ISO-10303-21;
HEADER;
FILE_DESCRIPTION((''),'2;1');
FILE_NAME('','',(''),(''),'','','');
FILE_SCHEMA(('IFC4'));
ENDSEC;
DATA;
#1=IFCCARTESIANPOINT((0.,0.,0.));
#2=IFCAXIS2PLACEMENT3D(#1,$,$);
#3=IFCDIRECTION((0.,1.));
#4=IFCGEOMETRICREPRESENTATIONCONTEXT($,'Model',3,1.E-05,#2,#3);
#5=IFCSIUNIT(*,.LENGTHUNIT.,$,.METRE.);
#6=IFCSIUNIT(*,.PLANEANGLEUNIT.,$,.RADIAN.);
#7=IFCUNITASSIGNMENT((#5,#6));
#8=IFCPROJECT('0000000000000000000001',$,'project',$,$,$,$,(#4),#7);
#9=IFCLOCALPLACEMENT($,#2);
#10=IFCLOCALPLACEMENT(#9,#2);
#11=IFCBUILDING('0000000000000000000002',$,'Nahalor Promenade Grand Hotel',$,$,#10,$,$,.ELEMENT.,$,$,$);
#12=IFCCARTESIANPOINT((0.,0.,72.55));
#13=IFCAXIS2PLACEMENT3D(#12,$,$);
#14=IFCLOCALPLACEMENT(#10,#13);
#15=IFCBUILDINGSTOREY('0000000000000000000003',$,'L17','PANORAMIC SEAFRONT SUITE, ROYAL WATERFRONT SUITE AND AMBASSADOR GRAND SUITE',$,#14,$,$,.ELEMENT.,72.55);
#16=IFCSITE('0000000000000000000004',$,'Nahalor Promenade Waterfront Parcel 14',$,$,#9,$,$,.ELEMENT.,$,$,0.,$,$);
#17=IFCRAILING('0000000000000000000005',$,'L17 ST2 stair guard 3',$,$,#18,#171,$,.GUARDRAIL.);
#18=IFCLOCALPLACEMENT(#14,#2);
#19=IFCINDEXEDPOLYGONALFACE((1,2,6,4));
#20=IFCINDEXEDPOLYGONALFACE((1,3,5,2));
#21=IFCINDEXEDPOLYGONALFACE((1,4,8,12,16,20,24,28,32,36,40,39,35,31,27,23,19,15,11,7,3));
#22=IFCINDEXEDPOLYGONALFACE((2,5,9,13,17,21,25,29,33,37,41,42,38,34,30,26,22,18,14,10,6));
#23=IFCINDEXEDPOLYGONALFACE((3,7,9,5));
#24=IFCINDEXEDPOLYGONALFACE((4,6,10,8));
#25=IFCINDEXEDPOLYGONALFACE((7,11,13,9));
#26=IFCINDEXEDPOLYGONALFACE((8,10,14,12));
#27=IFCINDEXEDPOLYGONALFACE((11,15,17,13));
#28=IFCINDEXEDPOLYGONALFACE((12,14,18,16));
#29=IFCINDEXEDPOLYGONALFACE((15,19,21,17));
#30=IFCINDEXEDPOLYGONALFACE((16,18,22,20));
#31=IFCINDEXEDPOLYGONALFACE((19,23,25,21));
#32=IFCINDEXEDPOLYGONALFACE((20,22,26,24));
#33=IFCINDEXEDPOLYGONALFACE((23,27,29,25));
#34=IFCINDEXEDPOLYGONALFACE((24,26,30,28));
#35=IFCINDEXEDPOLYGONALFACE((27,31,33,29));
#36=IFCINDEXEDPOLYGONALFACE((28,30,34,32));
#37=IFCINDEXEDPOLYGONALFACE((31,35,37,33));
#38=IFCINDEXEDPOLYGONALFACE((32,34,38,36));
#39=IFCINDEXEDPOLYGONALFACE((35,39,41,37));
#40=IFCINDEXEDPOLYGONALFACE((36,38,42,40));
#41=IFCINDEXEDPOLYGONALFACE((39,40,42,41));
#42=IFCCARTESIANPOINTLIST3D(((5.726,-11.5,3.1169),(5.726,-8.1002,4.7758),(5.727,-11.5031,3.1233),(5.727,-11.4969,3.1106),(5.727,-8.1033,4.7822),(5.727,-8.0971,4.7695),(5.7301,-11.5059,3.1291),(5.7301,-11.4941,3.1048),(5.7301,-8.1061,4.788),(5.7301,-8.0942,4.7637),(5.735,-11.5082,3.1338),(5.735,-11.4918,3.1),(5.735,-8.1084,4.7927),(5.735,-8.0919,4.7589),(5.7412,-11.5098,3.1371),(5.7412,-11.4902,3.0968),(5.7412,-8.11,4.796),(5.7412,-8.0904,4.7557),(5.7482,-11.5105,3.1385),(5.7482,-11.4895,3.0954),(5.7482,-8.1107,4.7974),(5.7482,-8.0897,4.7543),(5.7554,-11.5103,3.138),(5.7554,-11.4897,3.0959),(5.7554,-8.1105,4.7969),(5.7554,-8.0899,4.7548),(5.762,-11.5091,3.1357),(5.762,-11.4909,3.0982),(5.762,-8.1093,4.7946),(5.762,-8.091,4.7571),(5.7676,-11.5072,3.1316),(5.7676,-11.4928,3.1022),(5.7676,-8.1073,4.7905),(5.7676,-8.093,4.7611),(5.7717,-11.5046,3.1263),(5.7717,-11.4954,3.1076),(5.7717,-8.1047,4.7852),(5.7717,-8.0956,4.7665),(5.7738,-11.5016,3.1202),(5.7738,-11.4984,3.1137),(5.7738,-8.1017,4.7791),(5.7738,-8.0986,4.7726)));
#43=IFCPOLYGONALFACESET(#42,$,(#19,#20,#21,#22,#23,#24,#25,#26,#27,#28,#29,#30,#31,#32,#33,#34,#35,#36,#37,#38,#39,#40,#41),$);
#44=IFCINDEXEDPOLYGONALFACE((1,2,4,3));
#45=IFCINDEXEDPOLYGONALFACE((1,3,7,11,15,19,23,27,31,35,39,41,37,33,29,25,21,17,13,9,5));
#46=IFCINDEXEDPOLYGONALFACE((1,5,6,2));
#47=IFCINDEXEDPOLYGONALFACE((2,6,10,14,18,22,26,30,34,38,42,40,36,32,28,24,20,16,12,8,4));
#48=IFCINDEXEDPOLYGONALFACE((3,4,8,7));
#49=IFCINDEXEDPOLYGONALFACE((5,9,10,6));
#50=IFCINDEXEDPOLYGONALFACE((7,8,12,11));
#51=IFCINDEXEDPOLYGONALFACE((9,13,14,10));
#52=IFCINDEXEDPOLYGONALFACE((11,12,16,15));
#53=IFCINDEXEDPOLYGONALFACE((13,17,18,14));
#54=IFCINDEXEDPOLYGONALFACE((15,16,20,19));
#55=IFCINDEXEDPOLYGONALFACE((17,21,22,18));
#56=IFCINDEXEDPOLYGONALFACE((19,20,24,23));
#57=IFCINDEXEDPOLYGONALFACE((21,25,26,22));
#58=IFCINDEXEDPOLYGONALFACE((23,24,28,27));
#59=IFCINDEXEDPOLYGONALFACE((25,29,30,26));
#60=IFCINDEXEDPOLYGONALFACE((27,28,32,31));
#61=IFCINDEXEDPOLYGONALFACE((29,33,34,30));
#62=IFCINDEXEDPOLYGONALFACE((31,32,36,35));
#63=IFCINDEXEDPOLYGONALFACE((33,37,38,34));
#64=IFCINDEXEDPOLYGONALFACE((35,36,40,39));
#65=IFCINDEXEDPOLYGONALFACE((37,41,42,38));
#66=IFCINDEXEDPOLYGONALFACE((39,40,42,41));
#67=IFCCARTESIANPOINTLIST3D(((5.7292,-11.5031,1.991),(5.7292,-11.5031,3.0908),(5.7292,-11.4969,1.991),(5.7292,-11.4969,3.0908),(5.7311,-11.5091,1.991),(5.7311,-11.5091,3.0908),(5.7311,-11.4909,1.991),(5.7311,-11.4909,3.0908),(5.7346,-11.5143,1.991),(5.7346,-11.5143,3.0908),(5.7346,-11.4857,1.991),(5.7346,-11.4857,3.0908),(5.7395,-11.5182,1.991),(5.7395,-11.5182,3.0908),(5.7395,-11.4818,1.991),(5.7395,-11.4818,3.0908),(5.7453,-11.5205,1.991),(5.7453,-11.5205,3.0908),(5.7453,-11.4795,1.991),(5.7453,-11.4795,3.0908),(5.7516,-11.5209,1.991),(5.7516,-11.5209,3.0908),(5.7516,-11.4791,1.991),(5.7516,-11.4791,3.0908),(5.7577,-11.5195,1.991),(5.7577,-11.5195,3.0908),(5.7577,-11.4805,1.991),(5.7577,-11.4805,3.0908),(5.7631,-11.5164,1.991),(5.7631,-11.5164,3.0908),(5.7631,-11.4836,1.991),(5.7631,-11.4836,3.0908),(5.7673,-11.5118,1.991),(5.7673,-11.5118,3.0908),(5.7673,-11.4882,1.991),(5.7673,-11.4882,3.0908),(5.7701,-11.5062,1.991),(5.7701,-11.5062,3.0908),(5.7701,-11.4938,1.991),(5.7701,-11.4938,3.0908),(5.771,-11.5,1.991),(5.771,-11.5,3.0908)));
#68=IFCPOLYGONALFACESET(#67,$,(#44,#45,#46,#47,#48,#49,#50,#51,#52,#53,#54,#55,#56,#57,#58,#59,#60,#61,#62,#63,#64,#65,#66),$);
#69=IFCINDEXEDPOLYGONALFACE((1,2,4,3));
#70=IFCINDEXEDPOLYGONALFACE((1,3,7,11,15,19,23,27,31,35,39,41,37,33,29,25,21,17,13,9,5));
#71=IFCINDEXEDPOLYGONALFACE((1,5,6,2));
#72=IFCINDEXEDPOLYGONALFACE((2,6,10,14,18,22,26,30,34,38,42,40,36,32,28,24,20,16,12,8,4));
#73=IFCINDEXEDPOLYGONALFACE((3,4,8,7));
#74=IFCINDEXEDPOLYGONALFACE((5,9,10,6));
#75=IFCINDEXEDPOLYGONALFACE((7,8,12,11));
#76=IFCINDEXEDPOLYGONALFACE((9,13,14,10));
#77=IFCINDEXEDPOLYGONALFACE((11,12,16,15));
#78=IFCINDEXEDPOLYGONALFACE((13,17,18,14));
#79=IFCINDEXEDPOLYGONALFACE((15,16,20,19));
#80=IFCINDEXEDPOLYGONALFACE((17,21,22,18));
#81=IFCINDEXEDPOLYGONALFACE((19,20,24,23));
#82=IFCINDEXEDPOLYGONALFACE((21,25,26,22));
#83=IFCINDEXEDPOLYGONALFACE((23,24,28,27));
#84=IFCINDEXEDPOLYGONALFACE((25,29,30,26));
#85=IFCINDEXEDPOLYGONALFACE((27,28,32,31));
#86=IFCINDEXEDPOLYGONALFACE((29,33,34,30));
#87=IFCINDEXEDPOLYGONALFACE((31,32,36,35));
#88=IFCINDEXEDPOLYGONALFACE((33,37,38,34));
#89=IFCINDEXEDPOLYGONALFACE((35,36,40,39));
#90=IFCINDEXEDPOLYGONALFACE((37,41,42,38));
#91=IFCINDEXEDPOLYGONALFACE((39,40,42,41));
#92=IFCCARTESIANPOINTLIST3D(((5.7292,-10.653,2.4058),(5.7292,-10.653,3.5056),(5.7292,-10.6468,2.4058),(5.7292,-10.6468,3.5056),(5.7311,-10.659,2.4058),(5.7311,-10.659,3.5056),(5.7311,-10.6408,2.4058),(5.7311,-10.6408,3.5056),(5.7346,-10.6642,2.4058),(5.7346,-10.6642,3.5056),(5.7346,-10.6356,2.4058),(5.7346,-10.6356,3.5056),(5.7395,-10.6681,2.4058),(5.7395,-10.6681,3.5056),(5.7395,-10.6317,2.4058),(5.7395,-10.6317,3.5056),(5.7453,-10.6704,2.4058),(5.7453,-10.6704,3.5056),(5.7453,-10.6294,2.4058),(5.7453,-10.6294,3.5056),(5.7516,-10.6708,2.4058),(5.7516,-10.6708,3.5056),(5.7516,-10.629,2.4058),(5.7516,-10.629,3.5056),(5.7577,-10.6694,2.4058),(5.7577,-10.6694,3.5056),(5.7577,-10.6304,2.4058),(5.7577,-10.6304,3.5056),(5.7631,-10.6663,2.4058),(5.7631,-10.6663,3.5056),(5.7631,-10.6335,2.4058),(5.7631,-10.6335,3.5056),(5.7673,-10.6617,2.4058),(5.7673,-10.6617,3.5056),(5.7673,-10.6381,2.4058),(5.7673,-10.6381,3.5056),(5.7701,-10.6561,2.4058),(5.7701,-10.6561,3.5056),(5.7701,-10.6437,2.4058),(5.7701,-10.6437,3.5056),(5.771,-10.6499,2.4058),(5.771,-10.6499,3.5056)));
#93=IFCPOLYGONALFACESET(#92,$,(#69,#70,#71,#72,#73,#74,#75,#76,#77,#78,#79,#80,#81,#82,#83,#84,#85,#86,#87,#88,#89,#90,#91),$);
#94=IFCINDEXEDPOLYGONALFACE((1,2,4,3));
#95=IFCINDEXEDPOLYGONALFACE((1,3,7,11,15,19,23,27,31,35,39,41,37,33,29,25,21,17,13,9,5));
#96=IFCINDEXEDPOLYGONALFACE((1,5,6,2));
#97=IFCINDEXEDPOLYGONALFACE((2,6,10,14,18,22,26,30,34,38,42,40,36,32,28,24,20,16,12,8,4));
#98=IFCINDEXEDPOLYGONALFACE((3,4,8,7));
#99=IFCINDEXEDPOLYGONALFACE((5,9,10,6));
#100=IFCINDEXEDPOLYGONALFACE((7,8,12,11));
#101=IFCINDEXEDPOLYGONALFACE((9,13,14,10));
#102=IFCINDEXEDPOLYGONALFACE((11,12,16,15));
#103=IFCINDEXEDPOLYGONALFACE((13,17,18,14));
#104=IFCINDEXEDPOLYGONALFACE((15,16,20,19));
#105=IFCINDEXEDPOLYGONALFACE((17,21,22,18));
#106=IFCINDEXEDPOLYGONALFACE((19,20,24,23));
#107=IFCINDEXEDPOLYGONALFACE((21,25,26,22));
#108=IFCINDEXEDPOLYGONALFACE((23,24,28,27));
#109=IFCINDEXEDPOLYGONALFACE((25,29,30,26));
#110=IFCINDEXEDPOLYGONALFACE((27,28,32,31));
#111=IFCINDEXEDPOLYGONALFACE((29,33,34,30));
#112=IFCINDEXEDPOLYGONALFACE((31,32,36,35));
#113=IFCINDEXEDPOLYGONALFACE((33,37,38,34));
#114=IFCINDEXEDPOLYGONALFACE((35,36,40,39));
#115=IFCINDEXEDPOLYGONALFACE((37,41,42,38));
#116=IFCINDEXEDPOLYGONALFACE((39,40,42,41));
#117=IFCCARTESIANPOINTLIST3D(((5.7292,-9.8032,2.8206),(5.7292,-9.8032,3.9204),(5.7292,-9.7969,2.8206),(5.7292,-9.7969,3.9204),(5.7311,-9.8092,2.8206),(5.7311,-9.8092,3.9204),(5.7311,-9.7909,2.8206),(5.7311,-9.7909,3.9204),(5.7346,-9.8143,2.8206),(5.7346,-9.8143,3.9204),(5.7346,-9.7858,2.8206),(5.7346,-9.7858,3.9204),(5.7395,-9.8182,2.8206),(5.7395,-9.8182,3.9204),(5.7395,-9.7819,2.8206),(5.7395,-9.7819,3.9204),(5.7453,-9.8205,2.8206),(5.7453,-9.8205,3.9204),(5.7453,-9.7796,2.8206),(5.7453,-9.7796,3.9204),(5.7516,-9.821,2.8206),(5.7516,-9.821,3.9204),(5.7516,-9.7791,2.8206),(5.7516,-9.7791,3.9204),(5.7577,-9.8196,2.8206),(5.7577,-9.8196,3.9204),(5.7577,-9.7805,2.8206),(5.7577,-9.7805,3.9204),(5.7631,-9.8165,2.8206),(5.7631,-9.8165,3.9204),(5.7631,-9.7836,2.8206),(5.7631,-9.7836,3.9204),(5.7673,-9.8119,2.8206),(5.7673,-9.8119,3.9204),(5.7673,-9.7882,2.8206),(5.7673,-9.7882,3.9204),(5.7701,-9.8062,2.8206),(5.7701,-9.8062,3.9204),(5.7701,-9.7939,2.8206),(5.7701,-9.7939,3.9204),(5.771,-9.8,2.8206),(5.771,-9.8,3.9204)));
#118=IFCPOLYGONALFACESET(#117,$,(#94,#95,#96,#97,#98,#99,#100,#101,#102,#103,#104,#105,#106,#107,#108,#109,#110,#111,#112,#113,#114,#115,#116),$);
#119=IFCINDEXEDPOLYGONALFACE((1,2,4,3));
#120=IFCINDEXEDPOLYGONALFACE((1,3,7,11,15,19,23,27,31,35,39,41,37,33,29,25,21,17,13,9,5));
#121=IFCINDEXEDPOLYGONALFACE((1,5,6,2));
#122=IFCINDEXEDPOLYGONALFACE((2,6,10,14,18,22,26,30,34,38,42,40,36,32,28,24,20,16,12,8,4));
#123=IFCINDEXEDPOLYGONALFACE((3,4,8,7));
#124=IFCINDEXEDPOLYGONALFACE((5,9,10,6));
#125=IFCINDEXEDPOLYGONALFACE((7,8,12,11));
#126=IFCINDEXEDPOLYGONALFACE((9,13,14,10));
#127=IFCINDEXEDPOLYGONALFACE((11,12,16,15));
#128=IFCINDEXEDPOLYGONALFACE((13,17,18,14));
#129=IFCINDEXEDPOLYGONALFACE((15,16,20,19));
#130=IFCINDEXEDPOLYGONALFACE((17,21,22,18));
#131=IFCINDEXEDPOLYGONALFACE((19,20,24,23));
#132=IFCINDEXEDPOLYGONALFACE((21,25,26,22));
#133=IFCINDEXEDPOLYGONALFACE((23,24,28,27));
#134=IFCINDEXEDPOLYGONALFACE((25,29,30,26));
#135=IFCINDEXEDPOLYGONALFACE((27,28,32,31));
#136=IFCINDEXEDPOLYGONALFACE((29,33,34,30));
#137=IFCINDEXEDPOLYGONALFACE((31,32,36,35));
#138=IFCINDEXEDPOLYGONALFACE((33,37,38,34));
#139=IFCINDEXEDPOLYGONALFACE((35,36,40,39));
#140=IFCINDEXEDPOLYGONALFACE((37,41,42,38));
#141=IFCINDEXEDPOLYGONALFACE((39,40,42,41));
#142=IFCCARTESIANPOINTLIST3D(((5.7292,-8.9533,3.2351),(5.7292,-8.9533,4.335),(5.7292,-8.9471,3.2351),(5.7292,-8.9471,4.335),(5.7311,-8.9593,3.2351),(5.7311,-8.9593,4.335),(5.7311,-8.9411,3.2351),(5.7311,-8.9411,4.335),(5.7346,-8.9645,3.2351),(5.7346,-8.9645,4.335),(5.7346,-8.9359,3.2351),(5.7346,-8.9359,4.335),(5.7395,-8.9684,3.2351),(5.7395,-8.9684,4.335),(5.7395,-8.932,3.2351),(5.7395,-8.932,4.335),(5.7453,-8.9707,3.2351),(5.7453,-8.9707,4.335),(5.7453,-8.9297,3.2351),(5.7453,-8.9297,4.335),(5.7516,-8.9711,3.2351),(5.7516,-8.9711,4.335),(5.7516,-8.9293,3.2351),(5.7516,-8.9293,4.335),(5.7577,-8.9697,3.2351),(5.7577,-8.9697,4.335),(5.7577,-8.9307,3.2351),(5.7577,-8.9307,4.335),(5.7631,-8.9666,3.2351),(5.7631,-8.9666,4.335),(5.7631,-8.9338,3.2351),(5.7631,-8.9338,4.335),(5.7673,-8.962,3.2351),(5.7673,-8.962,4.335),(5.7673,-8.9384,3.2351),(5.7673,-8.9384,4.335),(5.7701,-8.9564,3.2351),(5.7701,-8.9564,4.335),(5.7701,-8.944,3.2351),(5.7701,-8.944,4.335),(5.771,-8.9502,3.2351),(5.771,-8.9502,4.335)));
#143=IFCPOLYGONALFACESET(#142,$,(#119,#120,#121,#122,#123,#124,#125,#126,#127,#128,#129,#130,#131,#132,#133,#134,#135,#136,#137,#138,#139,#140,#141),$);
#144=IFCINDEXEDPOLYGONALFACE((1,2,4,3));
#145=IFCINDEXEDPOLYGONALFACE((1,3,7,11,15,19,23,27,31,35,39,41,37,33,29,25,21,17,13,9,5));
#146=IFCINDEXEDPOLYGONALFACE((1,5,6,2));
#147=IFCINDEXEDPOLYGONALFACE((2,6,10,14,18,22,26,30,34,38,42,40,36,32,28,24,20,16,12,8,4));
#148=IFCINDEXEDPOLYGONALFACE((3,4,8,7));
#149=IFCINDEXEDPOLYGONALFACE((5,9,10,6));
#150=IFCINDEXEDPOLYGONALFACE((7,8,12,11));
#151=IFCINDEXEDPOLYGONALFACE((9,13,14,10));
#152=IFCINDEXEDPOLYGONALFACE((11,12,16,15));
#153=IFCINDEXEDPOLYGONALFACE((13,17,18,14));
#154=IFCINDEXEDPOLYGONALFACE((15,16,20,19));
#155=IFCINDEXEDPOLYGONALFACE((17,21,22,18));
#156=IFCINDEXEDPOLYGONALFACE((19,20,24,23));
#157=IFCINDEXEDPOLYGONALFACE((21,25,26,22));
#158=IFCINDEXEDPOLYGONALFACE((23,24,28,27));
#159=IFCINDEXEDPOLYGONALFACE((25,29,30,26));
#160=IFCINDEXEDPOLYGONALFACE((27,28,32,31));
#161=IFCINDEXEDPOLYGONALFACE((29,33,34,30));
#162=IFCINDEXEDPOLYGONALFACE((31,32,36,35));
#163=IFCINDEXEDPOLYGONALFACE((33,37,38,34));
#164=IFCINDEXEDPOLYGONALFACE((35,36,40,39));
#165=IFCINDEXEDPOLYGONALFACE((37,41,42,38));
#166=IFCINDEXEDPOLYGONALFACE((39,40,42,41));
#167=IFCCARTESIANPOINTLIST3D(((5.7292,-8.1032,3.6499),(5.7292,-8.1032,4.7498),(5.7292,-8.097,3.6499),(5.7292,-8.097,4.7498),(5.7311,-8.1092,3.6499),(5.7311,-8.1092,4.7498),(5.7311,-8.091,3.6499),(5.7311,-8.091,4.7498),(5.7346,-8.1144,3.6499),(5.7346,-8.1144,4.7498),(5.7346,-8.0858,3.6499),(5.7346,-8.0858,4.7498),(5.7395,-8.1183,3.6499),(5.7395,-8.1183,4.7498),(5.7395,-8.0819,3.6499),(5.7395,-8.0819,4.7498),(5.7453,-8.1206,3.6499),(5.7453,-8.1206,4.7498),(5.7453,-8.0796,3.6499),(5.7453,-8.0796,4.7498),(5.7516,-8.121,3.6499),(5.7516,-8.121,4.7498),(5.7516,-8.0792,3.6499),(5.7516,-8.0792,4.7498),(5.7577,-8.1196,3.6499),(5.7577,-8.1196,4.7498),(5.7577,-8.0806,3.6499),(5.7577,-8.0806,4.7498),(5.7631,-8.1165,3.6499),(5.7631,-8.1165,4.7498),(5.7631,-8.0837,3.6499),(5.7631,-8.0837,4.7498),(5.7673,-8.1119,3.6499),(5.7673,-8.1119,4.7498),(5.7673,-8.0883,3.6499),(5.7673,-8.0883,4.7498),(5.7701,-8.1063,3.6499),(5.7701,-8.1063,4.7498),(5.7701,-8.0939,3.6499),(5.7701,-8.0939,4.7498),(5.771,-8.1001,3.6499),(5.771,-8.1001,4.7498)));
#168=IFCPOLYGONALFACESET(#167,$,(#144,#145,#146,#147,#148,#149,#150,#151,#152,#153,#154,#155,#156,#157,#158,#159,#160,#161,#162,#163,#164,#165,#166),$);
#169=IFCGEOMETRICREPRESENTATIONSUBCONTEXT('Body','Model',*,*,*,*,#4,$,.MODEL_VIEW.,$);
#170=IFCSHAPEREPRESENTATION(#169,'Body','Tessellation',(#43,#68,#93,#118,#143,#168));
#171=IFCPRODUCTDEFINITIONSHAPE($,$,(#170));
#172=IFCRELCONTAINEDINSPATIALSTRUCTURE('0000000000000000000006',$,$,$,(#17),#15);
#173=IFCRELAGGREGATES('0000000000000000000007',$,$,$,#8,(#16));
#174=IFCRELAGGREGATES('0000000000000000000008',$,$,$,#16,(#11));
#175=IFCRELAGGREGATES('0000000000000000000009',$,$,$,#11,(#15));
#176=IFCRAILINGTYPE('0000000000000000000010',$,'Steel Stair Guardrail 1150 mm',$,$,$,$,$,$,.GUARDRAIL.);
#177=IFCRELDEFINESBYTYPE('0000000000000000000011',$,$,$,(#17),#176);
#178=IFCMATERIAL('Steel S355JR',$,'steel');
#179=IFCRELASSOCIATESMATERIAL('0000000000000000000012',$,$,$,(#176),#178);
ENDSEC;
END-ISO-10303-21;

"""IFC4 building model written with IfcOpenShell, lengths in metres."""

from ifc_helpers import new_model, si_unit, direction, frame, origin, origin_2d, place, context, subcontext, project, spatial, circle, extrude, material, type_object, element, save


model = new_model("IFC4")

# Units and contexts
model_context = context("Model", 3, precision=1e-05, world=origin(), true_north=direction((0.0, 1.0)))
body_context = subcontext(model_context, "Body", "Model", "MODEL_VIEW")
ifc_project = project(units=[si_unit("LENGTHUNIT", "METRE"), si_unit("PLANEANGLEUNIT", "RADIAN")], contexts=[model_context])

# Site, building, storey
site_placement = place(None, origin())
site = spatial("IfcSite", under=ifc_project, at=site_placement, Name="Nahalor Promenade Waterfront Parcel 14", CompositionType="ELEMENT", RefElevation=0.0)
building_placement = place(site_placement, origin())
building = spatial("IfcBuilding", under=site, at=building_placement, Name="Nahalor Promenade Grand Hotel", CompositionType="ELEMENT")
storey_placement = place(building_placement, frame((0.0, 0.0, 72.55)))
storey = spatial("IfcBuildingStorey", under=building, at=storey_placement, Name="L17", Description="PANORAMIC SEAFRONT SUITE, ROYAL WATERFRONT SUITE AND AMBASSADOR GRAND SUITE", CompositionType="ELEMENT", Elevation=72.55)

# Shared definitions
ifc_material_1 = material(Name="Steel S355JR", Category="steel")

# Railing
railing_type_1 = type_object("IfcRailingType", Name="Steel Stair Guardrail 1150 mm", PredefinedType="GUARDRAIL", material=ifc_material_1)
railing_1_placement = place(storey_placement, frame((5.75, -11.5, 1.991)))
element("IfcRailing", 1, at=railing_1_placement, inside=storey, type_object=railing_type_1, Name="L17 ST2 stair guard 3", PredefinedType="GUARDRAIL", context=body_context, shape_type="SweptSolid", body=[
    extrude(circle(Radius=0.024, at=origin_2d()), frame((0.0, 0.0, 1.126), z_axis=(0.0, 0.898722, 0.438519), x_axis=(-1.0, 0.0, 0.0)), (0.0, 0.0, 1.0), 3.783),
    extrude(circle(Radius=0.021, at=origin_2d()), origin(), (0.0, 0.0, 1.0), 1.0999),
    extrude(circle(Radius=0.021, at=origin_2d()), frame((0.0, 0.8501, 0.4148)), (0.0, 0.0, 1.0), 1.0999),
    extrude(circle(Radius=0.021, at=origin_2d()), frame((0.0, 1.7, 0.8296)), (0.0, 0.0, 1.0), 1.0999),
    extrude(circle(Radius=0.021, at=origin_2d()), frame((0.0, 2.5498, 1.2441)), (0.0, 0.0, 1.0), 1.0999),
    extrude(circle(Radius=0.021, at=origin_2d()), frame((0.0, 3.3999, 1.6589)), (0.0, 0.0, 1.0), 1.0999),
])

save(model, "model.ifc")
